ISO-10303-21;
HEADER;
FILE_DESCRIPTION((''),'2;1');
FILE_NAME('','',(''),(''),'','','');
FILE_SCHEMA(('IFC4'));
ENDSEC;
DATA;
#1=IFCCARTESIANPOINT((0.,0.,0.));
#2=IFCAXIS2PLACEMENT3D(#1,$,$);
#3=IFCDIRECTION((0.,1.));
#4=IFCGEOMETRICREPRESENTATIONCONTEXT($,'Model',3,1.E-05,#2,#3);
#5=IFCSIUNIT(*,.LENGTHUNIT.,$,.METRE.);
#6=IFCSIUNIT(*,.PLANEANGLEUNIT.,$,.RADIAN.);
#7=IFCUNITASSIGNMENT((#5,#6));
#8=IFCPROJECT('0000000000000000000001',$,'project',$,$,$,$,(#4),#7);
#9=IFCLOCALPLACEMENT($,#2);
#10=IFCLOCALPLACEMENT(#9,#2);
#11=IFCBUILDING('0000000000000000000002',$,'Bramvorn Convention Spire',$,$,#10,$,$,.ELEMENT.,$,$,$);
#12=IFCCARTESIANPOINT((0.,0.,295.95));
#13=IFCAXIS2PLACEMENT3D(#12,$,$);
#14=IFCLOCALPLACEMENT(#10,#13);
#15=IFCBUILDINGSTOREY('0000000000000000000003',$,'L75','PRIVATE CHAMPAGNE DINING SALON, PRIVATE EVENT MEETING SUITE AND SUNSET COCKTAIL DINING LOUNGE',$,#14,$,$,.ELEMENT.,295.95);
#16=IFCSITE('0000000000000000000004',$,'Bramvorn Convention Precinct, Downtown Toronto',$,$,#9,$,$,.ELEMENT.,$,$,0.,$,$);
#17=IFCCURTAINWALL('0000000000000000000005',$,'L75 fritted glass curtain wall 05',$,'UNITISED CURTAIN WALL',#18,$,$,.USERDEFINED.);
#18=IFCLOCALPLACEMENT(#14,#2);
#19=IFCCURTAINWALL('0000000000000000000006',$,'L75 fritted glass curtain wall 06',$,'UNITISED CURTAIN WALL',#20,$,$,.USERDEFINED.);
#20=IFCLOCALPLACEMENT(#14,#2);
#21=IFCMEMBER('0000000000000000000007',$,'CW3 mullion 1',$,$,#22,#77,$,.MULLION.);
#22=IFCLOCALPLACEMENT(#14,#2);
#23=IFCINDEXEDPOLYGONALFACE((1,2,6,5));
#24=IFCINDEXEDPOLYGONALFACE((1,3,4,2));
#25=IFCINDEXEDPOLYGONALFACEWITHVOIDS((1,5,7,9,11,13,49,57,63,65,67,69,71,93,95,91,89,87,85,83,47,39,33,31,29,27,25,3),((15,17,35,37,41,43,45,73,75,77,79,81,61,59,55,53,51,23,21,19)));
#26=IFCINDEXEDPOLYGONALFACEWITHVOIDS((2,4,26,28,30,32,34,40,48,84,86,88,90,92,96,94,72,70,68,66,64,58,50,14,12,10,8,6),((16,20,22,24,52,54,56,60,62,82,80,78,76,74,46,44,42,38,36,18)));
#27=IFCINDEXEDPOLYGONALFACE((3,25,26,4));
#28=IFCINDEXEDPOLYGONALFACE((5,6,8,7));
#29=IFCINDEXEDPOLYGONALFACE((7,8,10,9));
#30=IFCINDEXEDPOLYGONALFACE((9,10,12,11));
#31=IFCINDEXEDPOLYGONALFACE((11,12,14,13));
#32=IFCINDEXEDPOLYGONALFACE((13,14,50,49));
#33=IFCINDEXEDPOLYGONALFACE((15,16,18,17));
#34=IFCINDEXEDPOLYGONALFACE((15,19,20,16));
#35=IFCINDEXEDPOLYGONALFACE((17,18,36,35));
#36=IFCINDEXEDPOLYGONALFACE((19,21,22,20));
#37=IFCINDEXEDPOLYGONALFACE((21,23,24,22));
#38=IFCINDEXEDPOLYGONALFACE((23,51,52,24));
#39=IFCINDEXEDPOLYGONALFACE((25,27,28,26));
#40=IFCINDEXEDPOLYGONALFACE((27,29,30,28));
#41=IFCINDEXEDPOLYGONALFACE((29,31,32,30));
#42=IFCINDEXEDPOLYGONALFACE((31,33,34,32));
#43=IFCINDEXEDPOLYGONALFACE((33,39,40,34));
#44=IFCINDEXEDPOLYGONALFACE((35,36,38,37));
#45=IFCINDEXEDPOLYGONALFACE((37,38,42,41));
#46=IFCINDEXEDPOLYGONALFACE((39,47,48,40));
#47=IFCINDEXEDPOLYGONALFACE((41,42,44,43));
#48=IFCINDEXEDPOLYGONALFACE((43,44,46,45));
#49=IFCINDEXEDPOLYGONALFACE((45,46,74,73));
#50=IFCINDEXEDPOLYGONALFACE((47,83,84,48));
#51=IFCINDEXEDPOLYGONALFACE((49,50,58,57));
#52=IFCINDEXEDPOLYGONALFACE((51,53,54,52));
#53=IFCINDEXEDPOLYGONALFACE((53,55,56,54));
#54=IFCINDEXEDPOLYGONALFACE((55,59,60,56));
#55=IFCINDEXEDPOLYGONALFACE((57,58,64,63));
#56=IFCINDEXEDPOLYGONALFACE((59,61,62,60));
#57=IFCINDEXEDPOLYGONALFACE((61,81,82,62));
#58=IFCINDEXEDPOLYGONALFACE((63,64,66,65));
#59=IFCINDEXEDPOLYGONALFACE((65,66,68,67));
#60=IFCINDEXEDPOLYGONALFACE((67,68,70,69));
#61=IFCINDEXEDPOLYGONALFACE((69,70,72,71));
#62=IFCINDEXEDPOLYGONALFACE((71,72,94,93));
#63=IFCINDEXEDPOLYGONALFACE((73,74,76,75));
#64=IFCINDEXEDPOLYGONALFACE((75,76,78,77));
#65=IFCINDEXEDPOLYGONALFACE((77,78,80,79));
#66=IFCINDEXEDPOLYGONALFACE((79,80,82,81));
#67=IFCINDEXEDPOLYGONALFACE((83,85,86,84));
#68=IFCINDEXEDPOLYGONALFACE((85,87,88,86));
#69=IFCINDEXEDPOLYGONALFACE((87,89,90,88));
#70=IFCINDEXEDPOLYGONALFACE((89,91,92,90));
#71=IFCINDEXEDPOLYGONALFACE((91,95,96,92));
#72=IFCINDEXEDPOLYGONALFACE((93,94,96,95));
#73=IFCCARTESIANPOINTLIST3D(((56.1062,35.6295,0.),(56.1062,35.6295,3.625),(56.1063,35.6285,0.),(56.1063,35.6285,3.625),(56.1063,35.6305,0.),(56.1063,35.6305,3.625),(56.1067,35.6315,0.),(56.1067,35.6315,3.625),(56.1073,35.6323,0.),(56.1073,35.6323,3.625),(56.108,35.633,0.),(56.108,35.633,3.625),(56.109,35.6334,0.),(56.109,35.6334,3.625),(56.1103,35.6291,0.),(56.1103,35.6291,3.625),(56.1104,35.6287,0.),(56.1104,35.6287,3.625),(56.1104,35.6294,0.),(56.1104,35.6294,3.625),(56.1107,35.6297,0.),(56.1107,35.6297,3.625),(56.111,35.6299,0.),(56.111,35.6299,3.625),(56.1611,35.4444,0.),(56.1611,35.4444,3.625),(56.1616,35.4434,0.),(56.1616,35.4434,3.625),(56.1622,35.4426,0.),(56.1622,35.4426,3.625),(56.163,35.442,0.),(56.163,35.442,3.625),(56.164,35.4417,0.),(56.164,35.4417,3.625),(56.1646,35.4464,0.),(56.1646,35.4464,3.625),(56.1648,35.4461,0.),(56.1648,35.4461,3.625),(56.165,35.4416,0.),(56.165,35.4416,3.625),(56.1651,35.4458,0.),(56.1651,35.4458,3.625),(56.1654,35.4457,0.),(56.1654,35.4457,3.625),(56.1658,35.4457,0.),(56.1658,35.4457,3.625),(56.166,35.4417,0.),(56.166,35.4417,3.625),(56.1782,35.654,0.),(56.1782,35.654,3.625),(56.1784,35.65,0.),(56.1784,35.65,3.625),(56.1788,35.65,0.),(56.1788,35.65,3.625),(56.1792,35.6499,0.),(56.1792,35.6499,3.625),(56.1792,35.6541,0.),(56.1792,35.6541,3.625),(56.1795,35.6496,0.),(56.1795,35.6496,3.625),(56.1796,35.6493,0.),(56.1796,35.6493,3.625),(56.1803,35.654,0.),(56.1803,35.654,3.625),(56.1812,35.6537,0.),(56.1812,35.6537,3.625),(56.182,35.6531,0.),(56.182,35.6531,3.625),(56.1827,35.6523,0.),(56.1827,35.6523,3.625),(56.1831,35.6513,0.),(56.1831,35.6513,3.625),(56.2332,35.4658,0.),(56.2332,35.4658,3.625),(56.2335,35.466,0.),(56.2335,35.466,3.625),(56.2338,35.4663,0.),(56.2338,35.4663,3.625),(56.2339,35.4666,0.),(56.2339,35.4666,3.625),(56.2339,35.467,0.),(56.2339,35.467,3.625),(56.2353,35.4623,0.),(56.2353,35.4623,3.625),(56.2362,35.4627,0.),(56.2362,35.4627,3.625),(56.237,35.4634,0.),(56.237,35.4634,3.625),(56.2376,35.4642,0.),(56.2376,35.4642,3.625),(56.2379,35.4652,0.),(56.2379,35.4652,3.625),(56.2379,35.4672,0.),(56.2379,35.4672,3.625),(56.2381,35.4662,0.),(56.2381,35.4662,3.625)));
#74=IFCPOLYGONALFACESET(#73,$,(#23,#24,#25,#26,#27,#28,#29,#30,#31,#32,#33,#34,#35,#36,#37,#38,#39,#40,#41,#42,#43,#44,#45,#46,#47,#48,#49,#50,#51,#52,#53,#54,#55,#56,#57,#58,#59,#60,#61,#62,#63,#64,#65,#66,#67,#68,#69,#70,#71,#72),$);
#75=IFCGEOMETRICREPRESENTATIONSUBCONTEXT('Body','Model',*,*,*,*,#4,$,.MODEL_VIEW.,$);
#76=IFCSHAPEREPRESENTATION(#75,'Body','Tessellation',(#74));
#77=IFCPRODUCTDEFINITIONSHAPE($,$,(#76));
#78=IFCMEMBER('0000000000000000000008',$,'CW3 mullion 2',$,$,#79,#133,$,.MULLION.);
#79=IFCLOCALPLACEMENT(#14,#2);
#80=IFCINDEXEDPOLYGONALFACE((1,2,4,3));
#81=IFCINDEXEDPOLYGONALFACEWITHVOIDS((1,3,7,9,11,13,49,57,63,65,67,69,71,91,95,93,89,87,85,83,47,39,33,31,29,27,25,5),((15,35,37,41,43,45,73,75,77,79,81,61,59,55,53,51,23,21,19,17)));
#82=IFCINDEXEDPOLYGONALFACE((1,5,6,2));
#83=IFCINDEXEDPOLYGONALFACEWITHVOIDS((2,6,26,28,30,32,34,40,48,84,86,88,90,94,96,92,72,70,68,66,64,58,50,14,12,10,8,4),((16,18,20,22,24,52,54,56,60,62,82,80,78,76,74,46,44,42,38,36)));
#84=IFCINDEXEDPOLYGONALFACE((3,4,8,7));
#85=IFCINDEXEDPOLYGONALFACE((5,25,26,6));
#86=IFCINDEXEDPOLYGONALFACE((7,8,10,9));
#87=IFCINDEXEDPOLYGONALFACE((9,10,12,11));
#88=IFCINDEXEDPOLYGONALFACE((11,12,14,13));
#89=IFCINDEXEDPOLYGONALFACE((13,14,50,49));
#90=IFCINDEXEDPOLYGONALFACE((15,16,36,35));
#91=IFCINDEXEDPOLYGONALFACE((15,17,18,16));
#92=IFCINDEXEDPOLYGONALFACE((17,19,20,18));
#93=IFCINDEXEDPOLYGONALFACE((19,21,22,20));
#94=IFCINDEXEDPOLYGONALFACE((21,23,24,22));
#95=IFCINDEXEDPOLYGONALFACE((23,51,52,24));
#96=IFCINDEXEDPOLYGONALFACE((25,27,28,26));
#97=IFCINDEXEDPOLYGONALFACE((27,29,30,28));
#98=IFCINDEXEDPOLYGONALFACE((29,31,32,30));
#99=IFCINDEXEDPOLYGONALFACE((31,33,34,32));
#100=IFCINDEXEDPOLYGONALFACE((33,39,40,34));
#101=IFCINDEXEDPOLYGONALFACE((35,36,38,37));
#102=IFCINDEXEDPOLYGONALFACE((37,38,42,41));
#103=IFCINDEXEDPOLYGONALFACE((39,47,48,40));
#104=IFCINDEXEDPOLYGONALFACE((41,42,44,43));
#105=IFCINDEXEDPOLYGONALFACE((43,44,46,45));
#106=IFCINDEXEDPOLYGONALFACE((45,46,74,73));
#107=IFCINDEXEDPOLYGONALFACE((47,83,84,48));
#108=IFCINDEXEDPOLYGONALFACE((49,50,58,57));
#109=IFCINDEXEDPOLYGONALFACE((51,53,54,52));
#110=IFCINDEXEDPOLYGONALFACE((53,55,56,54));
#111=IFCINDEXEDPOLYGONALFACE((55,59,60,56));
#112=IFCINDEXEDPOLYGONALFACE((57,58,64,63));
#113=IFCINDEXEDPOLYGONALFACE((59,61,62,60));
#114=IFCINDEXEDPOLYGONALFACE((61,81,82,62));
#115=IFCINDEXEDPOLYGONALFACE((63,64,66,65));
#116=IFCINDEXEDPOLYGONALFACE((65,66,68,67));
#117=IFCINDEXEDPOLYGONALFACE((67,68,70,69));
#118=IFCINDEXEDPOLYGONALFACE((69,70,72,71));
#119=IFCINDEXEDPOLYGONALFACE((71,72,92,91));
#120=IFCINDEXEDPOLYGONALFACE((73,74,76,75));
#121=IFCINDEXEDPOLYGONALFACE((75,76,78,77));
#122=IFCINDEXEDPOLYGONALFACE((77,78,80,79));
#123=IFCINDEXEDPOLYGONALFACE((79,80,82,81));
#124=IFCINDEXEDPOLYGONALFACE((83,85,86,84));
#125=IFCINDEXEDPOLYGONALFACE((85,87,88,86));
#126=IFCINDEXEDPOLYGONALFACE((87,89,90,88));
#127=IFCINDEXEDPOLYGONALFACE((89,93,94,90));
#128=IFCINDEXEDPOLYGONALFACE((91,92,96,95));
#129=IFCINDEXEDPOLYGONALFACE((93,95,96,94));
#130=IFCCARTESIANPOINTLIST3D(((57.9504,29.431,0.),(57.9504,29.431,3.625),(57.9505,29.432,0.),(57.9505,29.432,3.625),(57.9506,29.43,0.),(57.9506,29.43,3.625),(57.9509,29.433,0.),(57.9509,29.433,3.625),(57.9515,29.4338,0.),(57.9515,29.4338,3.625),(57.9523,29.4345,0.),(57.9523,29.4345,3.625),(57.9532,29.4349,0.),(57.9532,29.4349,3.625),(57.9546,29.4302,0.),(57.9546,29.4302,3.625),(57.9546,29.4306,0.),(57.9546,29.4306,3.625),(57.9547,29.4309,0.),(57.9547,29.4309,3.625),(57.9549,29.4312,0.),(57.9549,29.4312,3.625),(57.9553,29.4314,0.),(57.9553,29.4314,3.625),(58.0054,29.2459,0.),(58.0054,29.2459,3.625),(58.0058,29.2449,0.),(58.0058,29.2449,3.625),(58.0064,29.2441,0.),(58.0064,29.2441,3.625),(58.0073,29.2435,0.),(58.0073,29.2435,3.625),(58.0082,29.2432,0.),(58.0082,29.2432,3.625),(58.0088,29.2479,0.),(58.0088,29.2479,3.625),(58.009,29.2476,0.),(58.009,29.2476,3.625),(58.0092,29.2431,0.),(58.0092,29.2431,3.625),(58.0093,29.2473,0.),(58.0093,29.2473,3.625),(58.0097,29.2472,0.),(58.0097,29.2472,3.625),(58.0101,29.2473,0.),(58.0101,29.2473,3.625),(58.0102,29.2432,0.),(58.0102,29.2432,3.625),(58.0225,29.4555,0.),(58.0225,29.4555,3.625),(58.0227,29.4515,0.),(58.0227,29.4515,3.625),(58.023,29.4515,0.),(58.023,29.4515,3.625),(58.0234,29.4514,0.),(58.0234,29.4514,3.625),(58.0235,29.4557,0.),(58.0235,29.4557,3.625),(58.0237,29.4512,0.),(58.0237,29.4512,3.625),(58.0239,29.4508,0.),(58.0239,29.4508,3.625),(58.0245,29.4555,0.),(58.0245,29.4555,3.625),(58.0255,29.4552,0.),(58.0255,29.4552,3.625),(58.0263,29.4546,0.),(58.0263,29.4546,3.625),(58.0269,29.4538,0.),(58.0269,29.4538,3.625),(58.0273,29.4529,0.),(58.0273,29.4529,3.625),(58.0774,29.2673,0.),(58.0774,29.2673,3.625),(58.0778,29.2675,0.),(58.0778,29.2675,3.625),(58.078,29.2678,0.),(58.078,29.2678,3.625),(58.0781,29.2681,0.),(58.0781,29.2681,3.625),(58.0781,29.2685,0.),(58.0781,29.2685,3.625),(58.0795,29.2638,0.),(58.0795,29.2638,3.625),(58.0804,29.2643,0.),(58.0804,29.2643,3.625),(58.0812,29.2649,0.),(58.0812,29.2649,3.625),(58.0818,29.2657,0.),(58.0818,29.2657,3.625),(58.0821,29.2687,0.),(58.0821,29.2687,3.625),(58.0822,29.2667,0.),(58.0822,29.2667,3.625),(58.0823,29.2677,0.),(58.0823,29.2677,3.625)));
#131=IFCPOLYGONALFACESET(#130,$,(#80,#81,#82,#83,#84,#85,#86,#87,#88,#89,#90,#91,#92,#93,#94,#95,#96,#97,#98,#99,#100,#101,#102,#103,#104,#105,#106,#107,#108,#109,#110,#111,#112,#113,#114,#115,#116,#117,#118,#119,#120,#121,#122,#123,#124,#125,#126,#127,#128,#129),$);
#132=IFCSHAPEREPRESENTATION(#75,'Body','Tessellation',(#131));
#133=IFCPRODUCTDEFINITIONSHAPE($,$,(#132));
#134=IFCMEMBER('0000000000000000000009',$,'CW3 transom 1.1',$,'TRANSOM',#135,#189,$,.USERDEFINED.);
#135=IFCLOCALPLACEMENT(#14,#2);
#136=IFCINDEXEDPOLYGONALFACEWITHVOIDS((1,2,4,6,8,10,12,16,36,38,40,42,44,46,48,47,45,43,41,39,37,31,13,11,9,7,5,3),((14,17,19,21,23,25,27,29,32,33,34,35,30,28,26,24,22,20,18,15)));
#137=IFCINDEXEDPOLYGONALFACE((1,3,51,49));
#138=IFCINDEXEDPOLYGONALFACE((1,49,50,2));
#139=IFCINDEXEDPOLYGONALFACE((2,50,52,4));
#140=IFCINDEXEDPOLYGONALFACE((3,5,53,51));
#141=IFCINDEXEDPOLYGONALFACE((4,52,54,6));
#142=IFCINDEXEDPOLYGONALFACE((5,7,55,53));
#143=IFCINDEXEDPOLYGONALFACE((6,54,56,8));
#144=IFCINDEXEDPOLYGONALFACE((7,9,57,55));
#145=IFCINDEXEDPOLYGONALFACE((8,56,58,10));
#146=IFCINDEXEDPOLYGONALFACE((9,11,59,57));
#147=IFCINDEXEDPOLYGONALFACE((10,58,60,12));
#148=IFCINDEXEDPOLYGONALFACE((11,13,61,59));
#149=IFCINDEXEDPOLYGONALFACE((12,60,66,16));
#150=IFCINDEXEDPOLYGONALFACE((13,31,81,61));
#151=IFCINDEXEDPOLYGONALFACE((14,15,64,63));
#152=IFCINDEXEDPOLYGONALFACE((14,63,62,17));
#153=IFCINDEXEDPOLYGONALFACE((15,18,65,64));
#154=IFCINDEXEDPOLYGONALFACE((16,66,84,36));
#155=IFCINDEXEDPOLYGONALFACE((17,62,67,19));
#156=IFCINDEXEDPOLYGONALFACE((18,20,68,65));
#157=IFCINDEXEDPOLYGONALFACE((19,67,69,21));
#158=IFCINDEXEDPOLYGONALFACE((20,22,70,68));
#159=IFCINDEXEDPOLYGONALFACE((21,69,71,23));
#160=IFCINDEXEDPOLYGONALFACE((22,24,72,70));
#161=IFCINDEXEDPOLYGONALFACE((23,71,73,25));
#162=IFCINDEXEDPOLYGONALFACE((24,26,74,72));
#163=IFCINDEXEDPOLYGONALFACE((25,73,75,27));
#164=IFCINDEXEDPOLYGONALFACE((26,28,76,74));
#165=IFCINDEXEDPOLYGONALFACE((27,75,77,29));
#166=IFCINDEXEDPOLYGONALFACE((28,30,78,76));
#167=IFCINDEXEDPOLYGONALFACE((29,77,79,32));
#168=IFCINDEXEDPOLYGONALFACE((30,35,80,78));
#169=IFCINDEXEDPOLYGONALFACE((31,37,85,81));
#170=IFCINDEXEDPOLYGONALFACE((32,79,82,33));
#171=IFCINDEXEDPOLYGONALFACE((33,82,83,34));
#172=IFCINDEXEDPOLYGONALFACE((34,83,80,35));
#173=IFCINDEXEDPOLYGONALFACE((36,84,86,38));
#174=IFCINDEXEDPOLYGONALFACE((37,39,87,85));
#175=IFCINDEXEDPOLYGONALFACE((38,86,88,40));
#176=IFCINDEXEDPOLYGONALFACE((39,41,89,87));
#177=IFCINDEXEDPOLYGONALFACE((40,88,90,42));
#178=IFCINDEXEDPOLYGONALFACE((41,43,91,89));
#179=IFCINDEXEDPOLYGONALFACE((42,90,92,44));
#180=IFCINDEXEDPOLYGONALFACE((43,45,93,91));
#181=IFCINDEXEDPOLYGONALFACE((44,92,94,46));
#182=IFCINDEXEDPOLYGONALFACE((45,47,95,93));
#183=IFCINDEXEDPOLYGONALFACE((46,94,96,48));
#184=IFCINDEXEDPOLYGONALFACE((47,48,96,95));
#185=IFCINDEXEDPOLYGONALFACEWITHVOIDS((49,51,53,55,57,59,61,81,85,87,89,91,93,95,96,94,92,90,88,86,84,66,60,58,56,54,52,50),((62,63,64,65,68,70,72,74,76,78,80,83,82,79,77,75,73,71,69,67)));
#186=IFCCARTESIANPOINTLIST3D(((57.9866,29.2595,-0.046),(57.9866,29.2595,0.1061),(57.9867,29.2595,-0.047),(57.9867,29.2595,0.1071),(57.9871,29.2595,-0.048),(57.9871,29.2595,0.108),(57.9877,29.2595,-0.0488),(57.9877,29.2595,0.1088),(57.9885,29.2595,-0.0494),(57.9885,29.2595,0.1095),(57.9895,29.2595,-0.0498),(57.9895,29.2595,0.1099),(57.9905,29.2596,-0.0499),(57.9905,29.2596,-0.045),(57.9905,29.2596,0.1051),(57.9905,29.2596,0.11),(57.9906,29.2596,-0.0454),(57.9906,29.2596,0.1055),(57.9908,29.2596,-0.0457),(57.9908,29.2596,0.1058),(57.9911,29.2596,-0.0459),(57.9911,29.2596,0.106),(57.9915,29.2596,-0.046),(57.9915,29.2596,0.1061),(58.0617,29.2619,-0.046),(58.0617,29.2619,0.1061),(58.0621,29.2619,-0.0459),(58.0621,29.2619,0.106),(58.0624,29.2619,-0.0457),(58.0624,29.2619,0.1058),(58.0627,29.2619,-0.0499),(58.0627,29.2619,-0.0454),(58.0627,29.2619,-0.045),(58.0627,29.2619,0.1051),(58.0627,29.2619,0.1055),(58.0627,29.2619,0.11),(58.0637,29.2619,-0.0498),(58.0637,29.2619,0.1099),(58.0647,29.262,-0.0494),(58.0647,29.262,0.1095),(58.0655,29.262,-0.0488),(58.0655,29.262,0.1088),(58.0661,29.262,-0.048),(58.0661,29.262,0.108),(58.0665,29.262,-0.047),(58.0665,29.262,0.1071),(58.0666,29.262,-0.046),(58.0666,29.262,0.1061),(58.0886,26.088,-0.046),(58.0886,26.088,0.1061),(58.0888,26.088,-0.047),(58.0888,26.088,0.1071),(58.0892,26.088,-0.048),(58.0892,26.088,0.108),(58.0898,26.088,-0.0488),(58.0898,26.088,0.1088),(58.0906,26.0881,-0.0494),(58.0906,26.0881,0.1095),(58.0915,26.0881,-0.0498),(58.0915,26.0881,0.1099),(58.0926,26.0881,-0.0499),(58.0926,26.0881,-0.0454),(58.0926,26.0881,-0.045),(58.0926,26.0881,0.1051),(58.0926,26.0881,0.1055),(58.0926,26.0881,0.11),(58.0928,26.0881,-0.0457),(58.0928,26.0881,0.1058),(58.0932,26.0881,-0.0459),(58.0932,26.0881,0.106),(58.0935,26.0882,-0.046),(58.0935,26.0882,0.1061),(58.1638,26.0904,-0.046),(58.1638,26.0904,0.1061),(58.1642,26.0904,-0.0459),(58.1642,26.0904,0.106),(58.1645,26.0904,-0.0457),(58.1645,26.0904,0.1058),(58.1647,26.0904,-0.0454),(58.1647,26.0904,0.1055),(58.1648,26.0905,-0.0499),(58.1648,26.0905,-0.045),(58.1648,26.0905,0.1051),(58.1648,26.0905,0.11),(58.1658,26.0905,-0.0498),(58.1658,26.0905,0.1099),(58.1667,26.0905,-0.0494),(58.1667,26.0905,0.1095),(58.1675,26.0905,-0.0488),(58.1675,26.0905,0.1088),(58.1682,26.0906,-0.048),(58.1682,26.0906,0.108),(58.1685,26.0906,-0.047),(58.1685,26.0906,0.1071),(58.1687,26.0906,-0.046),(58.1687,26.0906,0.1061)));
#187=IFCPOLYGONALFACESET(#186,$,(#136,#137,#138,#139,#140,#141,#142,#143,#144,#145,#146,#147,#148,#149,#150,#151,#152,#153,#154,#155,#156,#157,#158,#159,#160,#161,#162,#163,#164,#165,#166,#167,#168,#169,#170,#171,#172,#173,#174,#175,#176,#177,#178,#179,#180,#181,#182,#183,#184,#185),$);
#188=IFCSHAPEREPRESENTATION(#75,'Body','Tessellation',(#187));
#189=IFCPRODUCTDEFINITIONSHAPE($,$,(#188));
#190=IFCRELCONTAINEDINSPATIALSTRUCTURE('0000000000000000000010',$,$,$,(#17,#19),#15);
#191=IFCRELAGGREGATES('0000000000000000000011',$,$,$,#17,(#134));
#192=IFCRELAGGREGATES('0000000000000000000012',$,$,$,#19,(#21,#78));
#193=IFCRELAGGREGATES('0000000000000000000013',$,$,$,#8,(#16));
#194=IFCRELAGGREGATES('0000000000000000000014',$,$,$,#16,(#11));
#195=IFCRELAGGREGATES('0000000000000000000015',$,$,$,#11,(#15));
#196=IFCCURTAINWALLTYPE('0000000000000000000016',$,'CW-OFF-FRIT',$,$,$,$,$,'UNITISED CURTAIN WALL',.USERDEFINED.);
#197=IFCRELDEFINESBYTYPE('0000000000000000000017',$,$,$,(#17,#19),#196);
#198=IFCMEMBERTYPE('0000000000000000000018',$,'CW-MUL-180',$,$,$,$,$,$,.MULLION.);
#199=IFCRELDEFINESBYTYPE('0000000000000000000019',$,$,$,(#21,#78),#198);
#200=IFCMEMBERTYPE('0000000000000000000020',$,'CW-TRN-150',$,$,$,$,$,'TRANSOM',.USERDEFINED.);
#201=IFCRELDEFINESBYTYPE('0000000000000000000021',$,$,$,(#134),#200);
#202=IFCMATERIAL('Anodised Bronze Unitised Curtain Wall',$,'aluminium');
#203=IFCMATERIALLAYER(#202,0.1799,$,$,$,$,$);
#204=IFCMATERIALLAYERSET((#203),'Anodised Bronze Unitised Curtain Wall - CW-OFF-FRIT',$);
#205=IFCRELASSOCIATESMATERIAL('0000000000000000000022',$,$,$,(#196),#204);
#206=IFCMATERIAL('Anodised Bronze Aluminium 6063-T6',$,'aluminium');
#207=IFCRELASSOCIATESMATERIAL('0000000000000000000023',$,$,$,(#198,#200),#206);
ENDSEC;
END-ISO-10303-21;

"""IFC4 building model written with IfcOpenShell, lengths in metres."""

from ifc_helpers import new_model, si_unit, direction, frame, origin, origin_2d, place, context, subcontext, project, spatial, hollow_rectangle, extrude, material, layer, layer_set, material_profile, profile_set, type_object, element, aggregate, save


model = new_model("IFC4")

# Units and contexts
model_context = context("Model", 3, precision=1e-05, world=origin(), true_north=direction((0.0, 1.0)))
body_context = subcontext(model_context, "Body", "Model", "MODEL_VIEW")
ifc_project = project(units=[si_unit("LENGTHUNIT", "METRE"), si_unit("PLANEANGLEUNIT", "RADIAN")], contexts=[model_context])

# Site, building, storey
site_placement = place(None, origin())
site = spatial("IfcSite", under=ifc_project, at=site_placement, Name="Bramvorn Convention Precinct, Downtown Toronto", CompositionType="ELEMENT", RefElevation=0.0)
building_placement = place(site_placement, origin())
building = spatial("IfcBuilding", under=site, at=building_placement, Name="Bramvorn Convention Spire", CompositionType="ELEMENT")
storey_placement = place(building_placement, frame((0.0, 0.0, 295.95)))
storey = spatial("IfcBuildingStorey", under=building, at=storey_placement, Name="L75", Description="PRIVATE CHAMPAGNE DINING SALON, PRIVATE EVENT MEETING SUITE AND SUNSET COCKTAIL DINING LOUNGE", CompositionType="ELEMENT", Elevation=295.95)

# Curtain wall
ifc_material_1 = material(Name="Anodised Bronze Unitised Curtain Wall", Category="aluminium")
ifc_layer_1 = layer(ifc_material_1, 0.1799)
ifc_layer_set_1 = layer_set([ifc_layer_1], Name="Anodised Bronze Unitised Curtain Wall - CW-OFF-FRIT")
curtain_wall_type = type_object("IfcCurtainWallType", Name="CW-OFF-FRIT", ElementType="UNITISED CURTAIN WALL", PredefinedType="USERDEFINED", material=ifc_layer_set_1)
curtain_wall_1_placement = place(storey_placement, origin())
curtain_wall_1 = element("IfcCurtainWall", 1, at=curtain_wall_1_placement, inside=storey, type_object=curtain_wall_type, Name="L75 fritted glass curtain wall 05", ObjectType="UNITISED CURTAIN WALL", PredefinedType="USERDEFINED")
ifc_material_2 = material(Name="Anodised Bronze Aluminium 6063-T6", Category="aluminium")
ifc_material_profile_1 = material_profile(ifc_material_2, hollow_rectangle(XDim=0.0801, YDim=0.2, WallThickness=0.0039, InnerFilletRadius=0.001, OuterFilletRadius=0.0039, at=origin_2d()))
ifc_profile_set_1 = profile_set([ifc_material_profile_1], Name="Anodised Bronze Aluminium 6063-T6 - CWM80X200")
member_type_1 = type_object("IfcMemberType", Name="CW-MUL-180", PredefinedType="MULLION", material=ifc_profile_set_1)

# Curtain wall, members
curtain_wall_2_placement = place(storey_placement, origin())
curtain_wall_2 = element("IfcCurtainWall", 2, at=curtain_wall_2_placement, inside=storey, type_object=curtain_wall_type, Name="L75 fritted glass curtain wall 06", ObjectType="UNITISED CURTAIN WALL", PredefinedType="USERDEFINED")
member_1_placement = place(storey_placement, frame((56.1721, 35.5479, 0.0), z_axis=(0.0, 0.0, 1.0), x_axis=(0.958477, 0.285168, 0.0)))
member_1 = element("IfcMember", 3, at=member_1_placement, type_object=member_type_1, Name="CW3 mullion 1", PredefinedType="MULLION", context=body_context, shape_type="SweptSolid", body=[
    extrude(hollow_rectangle(XDim=0.0801, YDim=0.2, WallThickness=0.0039, InnerFilletRadius=0.001, OuterFilletRadius=0.0039, at=origin_2d()), origin(), (0.0, 0.0, 1.0), 3.625),
])
member_2_placement = place(storey_placement, frame((58.0164, 29.3494, 0.0), z_axis=(0.0, 0.0, 1.0), x_axis=(0.958477, 0.285168, 0.0)))
member_2 = element("IfcMember", 4, at=member_2_placement, type_object=member_type_1, Name="CW3 mullion 2", PredefinedType="MULLION", context=body_context, shape_type="SweptSolid", body=[
    extrude(hollow_rectangle(XDim=0.0801, YDim=0.2, WallThickness=0.0039, InnerFilletRadius=0.001, OuterFilletRadius=0.0039, at=origin_2d()), origin(), (0.0, 0.0, 1.0), 3.625),
])

# Member
ifc_material_profile_2 = material_profile(ifc_material_2, hollow_rectangle(XDim=0.0801, YDim=0.1599, WallThickness=0.0039, InnerFilletRadius=0.001, OuterFilletRadius=0.0039, at=origin_2d()))
ifc_profile_set_2 = profile_set([ifc_material_profile_2], Name="Anodised Bronze Aluminium 6063-T6 - CWT80X160")
member_type_2 = type_object("IfcMemberType", Name="CW-TRN-150", ElementType="TRANSOM", PredefinedType="USERDEFINED", material=ifc_profile_set_2)
member_3_placement = place(storey_placement, frame((58.0266, 29.2607, 0.03), z_axis=(0.032162, -0.999483, 0.0), x_axis=(0.999483, 0.032162, 0.0)))
member_3 = element("IfcMember", 5, at=member_3_placement, type_object=member_type_2, Name="CW3 transom 1.1", ObjectType="TRANSOM", PredefinedType="USERDEFINED", context=body_context, shape_type="SweptSolid", body=[
    extrude(hollow_rectangle(XDim=0.0801, YDim=0.1599, WallThickness=0.0039, InnerFilletRadius=0.001, OuterFilletRadius=0.0039, at=origin_2d()), origin(), (0.0, 0.0, 1.0), 3.1731),
])
aggregate(curtain_wall_1, [member_3])

aggregate(curtain_wall_2, [member_1, member_2])

save(model, "model.ifc")
